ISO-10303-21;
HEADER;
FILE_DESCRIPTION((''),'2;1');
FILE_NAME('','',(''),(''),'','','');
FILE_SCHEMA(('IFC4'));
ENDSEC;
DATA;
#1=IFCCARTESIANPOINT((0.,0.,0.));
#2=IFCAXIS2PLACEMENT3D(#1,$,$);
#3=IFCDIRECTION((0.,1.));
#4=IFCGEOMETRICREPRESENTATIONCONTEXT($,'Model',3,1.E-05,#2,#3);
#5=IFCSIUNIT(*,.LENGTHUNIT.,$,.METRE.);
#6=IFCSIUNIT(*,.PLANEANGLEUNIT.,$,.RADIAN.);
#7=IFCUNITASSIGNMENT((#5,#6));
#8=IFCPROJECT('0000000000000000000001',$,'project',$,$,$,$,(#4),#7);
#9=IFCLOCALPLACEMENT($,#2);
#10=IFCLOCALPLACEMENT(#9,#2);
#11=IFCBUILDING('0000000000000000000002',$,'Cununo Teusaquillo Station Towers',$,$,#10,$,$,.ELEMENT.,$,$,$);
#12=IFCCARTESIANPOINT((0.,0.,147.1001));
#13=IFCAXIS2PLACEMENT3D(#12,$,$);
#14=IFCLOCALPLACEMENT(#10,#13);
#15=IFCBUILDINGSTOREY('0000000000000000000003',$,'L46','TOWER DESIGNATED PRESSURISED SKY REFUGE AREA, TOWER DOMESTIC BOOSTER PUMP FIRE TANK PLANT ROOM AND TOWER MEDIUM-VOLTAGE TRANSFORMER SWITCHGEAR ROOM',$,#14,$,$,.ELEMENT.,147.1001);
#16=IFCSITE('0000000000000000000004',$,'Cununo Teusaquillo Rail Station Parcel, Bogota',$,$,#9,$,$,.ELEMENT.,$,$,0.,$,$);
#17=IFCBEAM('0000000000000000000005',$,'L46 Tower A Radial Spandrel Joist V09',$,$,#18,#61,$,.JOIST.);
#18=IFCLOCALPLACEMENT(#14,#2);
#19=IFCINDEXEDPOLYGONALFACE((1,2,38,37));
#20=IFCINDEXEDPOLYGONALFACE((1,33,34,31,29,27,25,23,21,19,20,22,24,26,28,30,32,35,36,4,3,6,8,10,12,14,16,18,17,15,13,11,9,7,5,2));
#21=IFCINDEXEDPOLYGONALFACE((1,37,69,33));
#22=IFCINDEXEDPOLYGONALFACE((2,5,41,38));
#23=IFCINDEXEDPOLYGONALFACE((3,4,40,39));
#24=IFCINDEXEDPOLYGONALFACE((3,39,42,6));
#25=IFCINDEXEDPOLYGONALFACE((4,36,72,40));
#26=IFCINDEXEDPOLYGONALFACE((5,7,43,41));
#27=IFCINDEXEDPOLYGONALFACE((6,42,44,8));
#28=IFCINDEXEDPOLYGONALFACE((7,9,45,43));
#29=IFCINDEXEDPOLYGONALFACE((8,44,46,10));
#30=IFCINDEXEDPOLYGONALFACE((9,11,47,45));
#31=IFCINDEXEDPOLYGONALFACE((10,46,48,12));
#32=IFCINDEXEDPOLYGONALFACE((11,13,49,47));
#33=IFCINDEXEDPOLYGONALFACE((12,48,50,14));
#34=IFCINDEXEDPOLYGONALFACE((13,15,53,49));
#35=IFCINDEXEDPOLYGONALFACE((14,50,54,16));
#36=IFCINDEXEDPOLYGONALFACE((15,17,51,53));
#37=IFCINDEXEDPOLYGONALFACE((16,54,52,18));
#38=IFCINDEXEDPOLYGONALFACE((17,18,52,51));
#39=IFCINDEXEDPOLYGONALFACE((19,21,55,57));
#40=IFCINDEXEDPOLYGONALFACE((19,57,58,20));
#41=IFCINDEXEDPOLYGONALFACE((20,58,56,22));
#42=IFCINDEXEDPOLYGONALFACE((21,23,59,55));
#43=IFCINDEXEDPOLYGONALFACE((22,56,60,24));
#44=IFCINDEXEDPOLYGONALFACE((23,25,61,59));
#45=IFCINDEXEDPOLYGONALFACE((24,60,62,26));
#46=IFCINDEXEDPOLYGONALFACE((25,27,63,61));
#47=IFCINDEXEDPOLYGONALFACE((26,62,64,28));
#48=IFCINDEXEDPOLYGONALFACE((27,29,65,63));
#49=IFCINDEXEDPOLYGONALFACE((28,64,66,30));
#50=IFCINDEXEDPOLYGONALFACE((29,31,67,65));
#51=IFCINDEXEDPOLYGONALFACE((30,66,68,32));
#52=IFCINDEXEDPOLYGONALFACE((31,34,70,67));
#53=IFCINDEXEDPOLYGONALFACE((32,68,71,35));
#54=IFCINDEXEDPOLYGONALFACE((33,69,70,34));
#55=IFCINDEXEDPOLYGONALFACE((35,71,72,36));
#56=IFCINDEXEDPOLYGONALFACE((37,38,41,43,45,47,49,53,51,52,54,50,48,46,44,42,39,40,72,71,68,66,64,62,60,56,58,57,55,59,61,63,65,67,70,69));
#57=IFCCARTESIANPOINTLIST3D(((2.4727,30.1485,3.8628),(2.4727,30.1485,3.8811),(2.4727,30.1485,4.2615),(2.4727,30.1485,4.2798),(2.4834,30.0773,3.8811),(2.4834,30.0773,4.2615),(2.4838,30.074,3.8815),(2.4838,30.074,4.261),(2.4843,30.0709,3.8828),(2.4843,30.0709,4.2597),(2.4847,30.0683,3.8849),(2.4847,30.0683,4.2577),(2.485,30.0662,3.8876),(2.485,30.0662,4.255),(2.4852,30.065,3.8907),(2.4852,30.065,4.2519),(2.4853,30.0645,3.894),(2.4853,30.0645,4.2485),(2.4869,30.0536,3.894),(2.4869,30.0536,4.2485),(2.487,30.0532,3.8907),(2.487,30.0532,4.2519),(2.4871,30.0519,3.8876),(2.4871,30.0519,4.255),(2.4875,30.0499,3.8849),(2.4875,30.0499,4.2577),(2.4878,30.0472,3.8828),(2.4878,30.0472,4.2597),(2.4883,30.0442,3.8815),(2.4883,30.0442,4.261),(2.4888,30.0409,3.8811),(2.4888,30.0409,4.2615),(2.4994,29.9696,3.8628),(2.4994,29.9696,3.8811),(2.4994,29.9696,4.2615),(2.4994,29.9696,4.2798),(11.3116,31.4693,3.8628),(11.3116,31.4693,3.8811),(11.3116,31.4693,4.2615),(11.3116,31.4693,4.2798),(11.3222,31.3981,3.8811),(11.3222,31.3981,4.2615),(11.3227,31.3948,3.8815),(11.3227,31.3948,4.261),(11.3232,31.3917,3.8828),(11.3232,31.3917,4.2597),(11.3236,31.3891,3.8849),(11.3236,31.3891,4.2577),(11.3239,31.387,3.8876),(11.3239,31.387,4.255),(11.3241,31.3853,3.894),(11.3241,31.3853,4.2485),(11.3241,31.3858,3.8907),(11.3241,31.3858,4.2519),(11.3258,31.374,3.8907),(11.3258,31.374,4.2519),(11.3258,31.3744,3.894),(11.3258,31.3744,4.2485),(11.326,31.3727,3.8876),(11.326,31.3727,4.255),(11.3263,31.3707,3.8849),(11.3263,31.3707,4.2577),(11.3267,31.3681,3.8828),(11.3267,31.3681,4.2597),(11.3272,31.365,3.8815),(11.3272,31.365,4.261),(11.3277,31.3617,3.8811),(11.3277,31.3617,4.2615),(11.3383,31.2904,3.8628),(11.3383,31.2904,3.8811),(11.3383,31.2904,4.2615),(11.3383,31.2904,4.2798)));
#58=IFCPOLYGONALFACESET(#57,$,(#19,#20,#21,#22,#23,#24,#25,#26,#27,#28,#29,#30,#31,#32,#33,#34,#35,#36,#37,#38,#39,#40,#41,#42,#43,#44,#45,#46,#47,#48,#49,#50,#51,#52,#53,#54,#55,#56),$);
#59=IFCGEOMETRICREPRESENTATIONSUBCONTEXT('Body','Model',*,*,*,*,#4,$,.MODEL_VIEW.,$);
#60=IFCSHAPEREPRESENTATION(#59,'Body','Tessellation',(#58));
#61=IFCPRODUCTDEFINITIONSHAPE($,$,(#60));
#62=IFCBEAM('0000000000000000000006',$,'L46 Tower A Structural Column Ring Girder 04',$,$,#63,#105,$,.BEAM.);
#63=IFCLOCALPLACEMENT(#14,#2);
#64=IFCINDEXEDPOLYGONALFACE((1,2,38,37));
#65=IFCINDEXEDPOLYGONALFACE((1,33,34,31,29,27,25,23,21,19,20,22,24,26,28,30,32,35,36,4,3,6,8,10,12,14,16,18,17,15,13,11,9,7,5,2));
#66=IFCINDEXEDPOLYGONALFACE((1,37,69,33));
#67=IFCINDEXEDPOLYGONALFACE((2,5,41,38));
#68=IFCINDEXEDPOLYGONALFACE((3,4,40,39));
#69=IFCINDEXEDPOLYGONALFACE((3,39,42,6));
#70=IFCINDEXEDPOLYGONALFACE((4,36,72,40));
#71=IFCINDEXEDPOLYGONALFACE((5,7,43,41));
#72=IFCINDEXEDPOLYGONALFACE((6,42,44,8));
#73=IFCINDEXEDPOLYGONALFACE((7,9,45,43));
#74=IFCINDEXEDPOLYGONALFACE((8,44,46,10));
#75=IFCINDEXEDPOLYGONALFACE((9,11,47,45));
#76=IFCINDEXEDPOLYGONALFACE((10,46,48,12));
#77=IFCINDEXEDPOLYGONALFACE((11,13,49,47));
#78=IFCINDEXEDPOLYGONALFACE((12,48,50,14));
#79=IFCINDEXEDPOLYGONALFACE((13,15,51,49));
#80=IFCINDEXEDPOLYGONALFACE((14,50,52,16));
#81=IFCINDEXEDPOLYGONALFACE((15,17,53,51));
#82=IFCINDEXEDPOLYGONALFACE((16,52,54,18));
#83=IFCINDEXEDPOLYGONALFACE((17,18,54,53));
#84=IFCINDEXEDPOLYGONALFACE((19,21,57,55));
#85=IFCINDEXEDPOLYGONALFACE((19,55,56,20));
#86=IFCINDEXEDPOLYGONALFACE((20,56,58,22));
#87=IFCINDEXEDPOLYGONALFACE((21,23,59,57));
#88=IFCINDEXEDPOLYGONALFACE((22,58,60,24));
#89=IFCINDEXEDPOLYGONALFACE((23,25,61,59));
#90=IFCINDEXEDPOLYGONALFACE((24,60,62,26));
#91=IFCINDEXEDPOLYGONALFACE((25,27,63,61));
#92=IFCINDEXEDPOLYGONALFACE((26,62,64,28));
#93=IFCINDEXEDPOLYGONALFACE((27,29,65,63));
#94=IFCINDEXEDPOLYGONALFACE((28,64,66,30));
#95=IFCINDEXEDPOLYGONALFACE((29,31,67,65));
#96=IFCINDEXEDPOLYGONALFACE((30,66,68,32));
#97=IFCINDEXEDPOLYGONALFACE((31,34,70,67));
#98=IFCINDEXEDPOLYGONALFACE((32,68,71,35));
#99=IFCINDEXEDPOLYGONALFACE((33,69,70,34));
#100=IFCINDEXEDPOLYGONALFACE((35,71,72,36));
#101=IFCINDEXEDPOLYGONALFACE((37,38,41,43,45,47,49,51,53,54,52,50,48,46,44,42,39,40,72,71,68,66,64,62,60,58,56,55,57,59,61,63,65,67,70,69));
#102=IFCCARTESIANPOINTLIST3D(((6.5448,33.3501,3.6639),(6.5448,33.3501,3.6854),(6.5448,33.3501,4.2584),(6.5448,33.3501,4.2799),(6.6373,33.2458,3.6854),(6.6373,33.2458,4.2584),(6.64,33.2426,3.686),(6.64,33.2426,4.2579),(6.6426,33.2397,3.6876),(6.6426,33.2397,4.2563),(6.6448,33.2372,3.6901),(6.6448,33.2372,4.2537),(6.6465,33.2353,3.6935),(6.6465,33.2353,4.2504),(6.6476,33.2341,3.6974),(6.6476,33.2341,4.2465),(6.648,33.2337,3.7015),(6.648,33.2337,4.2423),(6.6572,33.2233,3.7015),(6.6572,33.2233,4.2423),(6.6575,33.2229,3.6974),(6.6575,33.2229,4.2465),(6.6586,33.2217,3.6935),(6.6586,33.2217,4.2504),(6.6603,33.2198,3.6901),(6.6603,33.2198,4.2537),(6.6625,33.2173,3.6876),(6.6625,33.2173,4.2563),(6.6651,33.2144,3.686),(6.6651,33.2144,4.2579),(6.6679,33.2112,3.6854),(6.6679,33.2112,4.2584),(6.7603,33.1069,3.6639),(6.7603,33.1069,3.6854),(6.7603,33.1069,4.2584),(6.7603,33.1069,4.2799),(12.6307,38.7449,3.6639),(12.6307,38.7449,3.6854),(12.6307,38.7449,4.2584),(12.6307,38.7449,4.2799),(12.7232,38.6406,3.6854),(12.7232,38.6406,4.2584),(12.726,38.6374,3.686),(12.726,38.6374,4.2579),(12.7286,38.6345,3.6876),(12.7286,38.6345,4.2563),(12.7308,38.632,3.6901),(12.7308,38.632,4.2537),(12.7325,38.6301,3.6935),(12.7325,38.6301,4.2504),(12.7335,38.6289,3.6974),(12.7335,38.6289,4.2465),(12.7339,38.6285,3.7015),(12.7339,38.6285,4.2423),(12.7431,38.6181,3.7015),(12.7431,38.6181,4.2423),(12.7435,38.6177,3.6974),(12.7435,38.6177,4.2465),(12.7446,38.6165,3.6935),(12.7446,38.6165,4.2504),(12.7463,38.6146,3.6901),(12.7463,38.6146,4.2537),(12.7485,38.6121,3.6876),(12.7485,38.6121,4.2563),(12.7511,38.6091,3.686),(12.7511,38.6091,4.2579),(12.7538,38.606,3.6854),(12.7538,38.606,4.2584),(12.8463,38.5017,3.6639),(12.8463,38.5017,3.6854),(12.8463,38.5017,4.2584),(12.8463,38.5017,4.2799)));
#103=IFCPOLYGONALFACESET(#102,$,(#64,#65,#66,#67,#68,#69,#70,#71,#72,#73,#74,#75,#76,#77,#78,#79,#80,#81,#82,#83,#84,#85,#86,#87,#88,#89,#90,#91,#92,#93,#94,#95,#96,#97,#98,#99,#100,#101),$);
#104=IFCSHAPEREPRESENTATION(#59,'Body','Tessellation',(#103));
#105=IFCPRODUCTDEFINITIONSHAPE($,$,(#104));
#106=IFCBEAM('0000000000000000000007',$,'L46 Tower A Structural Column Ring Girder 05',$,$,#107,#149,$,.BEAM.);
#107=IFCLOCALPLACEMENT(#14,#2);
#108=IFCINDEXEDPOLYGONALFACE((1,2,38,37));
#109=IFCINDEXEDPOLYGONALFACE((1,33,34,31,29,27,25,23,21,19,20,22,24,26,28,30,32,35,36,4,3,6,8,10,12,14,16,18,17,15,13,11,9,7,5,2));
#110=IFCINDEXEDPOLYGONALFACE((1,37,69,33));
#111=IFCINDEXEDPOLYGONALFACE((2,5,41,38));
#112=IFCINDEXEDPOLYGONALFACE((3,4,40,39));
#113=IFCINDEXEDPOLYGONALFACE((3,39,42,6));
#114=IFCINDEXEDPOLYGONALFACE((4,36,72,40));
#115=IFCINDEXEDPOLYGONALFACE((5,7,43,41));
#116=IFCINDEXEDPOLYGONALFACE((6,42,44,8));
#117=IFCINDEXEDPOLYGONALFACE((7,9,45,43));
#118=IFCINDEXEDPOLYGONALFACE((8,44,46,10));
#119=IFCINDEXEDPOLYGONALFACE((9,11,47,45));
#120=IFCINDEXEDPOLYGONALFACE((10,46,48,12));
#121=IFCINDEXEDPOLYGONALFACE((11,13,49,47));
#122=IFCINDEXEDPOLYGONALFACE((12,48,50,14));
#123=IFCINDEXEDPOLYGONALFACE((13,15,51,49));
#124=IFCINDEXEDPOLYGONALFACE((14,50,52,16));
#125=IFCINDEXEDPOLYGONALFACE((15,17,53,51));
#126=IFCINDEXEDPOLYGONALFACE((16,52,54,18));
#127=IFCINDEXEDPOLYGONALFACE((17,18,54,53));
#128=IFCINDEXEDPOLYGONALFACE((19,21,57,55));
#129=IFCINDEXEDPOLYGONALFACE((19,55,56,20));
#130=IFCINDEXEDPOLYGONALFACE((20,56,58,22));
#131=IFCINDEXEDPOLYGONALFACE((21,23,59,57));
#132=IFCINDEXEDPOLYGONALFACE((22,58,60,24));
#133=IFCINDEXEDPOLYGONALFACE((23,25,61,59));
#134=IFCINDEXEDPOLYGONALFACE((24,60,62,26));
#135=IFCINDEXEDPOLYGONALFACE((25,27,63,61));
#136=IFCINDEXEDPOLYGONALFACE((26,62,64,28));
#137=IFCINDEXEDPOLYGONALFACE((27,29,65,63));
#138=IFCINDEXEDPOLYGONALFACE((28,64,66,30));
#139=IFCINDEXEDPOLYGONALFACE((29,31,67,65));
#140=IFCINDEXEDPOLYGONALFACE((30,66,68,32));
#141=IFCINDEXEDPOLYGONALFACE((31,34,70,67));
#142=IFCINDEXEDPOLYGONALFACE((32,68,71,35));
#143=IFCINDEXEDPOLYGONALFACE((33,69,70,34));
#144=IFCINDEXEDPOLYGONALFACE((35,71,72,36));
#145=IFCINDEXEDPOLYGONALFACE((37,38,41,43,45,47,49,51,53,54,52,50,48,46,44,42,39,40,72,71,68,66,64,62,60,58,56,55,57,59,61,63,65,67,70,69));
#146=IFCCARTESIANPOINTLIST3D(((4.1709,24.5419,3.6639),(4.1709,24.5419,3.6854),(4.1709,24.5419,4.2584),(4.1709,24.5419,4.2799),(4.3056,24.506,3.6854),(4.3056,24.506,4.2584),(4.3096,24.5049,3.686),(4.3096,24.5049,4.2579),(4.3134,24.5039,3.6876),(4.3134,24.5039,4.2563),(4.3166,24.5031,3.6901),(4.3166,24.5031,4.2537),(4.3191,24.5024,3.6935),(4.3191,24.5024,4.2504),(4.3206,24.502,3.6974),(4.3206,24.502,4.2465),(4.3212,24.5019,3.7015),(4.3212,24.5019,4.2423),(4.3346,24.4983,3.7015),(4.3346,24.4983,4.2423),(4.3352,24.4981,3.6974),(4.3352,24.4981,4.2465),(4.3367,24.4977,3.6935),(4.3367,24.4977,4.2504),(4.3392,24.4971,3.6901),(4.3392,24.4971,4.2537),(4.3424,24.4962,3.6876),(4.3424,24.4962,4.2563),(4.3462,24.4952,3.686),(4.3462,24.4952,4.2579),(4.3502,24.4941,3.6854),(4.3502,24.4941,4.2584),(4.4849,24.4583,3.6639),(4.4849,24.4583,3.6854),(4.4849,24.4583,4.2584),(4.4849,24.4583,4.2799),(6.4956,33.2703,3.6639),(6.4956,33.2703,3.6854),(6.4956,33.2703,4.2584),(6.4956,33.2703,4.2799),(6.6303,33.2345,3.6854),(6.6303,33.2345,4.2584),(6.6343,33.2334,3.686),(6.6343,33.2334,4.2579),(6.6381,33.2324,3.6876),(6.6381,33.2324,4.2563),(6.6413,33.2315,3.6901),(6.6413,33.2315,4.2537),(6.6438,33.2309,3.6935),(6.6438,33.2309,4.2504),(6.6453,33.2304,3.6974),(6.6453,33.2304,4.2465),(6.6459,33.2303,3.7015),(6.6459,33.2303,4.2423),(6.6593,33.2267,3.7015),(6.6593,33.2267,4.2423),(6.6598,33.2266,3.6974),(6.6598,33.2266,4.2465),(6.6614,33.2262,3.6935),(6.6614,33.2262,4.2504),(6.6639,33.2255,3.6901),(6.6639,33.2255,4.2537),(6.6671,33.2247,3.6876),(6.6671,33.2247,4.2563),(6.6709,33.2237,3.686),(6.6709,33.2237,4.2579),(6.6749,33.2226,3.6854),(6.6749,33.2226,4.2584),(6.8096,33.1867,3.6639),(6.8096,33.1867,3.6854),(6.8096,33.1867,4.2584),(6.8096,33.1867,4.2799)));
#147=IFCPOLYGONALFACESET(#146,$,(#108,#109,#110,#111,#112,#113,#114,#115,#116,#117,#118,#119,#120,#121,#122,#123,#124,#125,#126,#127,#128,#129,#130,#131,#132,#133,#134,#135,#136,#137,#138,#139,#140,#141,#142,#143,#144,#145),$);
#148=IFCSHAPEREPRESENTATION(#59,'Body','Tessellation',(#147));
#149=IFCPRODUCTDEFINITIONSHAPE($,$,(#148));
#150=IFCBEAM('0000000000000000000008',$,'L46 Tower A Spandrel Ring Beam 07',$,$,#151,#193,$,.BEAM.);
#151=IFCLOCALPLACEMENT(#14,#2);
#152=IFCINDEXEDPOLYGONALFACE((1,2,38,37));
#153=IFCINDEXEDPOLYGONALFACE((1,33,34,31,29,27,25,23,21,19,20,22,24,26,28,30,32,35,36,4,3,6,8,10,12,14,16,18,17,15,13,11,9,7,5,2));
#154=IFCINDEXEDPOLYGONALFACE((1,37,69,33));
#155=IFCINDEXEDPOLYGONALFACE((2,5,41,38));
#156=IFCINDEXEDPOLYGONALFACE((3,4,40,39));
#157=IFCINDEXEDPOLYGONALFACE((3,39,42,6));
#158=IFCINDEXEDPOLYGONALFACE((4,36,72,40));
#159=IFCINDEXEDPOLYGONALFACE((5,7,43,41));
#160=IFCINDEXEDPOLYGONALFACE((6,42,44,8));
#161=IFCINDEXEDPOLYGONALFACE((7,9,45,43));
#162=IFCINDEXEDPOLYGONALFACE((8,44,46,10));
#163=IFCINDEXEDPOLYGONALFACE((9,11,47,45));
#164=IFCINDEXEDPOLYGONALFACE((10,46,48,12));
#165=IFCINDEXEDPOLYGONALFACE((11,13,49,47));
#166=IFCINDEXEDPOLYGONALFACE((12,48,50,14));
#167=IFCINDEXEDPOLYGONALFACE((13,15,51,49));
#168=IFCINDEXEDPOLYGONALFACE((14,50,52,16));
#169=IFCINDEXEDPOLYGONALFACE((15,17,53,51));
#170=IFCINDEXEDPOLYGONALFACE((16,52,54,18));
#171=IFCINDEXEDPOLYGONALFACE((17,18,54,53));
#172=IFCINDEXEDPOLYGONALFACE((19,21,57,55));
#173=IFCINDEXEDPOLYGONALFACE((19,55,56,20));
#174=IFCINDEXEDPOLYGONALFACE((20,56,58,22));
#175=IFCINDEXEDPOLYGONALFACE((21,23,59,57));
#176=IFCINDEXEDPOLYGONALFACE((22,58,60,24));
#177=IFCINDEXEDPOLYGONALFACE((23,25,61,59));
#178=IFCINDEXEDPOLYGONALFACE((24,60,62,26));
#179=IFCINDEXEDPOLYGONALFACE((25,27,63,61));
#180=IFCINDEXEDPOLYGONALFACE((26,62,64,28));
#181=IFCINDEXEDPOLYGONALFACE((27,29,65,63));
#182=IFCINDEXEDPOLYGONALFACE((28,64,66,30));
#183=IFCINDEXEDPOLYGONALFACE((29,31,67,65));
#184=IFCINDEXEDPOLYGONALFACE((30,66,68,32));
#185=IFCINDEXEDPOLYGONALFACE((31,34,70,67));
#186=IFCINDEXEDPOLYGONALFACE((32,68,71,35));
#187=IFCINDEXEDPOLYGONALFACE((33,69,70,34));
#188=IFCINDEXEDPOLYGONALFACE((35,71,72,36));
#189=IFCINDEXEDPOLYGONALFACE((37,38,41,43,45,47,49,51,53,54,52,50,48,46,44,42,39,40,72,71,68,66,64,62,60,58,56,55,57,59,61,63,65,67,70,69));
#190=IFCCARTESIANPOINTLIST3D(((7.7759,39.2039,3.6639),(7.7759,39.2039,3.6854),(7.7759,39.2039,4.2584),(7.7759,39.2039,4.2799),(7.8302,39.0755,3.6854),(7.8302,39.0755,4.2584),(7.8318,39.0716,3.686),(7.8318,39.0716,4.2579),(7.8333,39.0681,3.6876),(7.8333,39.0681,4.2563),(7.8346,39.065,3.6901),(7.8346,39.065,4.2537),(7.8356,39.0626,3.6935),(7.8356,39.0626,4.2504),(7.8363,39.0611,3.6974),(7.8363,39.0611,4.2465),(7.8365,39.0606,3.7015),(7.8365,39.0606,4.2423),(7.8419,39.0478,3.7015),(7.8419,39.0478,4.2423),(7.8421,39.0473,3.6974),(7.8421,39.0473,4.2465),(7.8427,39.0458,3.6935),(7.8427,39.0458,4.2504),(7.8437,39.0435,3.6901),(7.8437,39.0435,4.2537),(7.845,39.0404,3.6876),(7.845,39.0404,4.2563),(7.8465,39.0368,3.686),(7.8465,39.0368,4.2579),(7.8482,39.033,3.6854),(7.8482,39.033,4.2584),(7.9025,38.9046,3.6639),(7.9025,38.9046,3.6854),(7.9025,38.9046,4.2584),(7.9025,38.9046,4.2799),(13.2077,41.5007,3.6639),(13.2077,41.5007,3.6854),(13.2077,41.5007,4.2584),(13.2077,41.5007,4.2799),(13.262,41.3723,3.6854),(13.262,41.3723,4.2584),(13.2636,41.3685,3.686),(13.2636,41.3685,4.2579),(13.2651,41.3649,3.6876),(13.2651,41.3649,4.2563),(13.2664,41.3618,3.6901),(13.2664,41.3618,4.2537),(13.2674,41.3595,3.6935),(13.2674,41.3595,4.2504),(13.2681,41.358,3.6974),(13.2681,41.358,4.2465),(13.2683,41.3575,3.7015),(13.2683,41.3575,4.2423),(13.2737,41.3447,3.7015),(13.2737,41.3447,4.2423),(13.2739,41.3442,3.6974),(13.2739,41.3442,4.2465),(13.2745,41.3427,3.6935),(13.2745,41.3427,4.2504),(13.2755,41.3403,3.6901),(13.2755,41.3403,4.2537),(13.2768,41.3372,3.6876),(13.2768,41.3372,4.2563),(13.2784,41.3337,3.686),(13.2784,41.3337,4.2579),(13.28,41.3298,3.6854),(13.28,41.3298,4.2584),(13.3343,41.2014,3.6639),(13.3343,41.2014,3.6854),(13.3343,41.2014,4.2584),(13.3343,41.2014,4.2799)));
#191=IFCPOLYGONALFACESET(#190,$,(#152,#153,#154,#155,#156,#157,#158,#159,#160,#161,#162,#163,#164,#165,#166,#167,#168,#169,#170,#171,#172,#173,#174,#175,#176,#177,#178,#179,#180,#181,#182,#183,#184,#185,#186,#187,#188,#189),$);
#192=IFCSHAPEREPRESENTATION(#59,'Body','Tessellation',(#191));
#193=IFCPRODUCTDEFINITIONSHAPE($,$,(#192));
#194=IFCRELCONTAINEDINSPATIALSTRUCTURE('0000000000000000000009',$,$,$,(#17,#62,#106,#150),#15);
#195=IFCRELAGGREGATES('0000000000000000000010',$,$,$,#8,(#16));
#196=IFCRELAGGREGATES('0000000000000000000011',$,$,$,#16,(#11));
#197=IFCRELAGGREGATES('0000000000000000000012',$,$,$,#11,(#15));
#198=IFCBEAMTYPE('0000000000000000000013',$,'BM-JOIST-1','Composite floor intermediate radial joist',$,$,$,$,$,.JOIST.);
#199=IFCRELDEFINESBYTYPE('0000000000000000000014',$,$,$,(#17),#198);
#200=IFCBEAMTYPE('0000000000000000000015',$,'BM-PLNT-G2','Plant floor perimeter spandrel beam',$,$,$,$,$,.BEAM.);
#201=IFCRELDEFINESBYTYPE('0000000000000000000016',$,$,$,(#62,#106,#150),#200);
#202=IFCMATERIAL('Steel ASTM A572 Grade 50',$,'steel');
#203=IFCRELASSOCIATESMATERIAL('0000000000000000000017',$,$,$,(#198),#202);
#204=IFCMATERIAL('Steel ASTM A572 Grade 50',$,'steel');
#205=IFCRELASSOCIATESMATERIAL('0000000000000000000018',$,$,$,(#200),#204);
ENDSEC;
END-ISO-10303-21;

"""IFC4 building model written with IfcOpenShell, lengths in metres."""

from ifc_helpers import new_model, si_unit, direction, frame, origin, origin_2d, place, context, subcontext, project, spatial, i_section, extrude, material, material_profile, profile_set, type_object, element, save


model = new_model("IFC4")

# Units and contexts
model_context = context("Model", 3, precision=1e-05, world=origin(), true_north=direction((0.0, 1.0)))
body_context = subcontext(model_context, "Body", "Model", "MODEL_VIEW")
ifc_project = project(units=[si_unit("LENGTHUNIT", "METRE"), si_unit("PLANEANGLEUNIT", "RADIAN")], contexts=[model_context])

# Site, building, storey
site_placement = place(None, origin())
site = spatial("IfcSite", under=ifc_project, at=site_placement, Name="Cununo Teusaquillo Rail Station Parcel, Bogota", CompositionType="ELEMENT", RefElevation=0.0)
building_placement = place(site_placement, origin())
building = spatial("IfcBuilding", under=site, at=building_placement, Name="Cununo Teusaquillo Station Towers", CompositionType="ELEMENT")
storey_placement = place(building_placement, frame((0.0, 0.0, 147.1001)))
storey = spatial("IfcBuildingStorey", under=building, at=storey_placement, Name="L46", Description="TOWER DESIGNATED PRESSURISED SKY REFUGE AREA, TOWER DOMESTIC BOOSTER PUMP FIRE TANK PLANT ROOM AND TOWER MEDIUM-VOLTAGE TRANSFORMER SWITCHGEAR ROOM", CompositionType="ELEMENT", Elevation=147.1001)

# Beams
ifc_material_1 = material(Name="Steel ASTM A572 Grade 50", Category="steel")
ifc_material_profile_1 = material_profile(ifc_material_1, i_section(OverallWidth=0.1809, OverallDepth=0.417, WebThickness=0.011, FlangeThickness=0.0183, FilletRadius=0.0129, at=origin_2d()), Name="W16X57")
ifc_profile_set_1 = profile_set([ifc_material_profile_1], Name="Steel ASTM A572 Grade 50")
beam_type_1 = type_object("IfcBeamType", Name="BM-JOIST-1", Description="Composite floor intermediate radial joist", PredefinedType="JOIST", material=ifc_profile_set_1)
beam_1_placement = place(storey_placement, frame((11.325, 31.3799, 4.0713), z_axis=(-0.989019, -0.14779, 0.0), x_axis=(0.14779, -0.989019, 0.0)))
element("IfcBeam", 1, at=beam_1_placement, inside=storey, type_object=beam_type_1, Name="L46 Tower A Radial Spandrel Joist V09", PredefinedType="JOIST", context=body_context, shape_type="SweptSolid", body=[
    extrude(i_section(OverallWidth=0.1809, OverallDepth=0.417, WebThickness=0.011, FlangeThickness=0.0183, FilletRadius=0.0129, at=origin_2d()), origin(), (0.0, 0.0, 1.0), 8.937),
])
ifc_material_2 = material(Name="Steel ASTM A572 Grade 50", Category="steel")
ifc_material_profile_2 = material_profile(ifc_material_2, i_section(OverallWidth=0.325, OverallDepth=0.616, WebThickness=0.0139, FlangeThickness=0.0215, FilletRadius=0.0161, at=origin_2d()), Name="W24X117")
ifc_profile_set_2 = profile_set([ifc_material_profile_2], Name="Steel ASTM A572 Grade 50")
beam_type_2 = type_object("IfcBeamType", Name="BM-PLNT-G2", Description="Plant floor perimeter spandrel beam", PredefinedType="BEAM", material=ifc_profile_set_2)
beam_2_placement = place(storey_placement, frame((12.7385, 38.6233, 3.9719), z_axis=(-0.748321, -0.663337, 0.0), x_axis=(0.663337, -0.748321, 0.0)))
element("IfcBeam", 2, at=beam_2_placement, inside=storey, type_object=beam_type_2, Name="L46 Tower A Structural Column Ring Girder 04", PredefinedType="BEAM", context=body_context, shape_type="SweptSolid", body=[
    extrude(i_section(OverallWidth=0.325, OverallDepth=0.616, WebThickness=0.0139, FlangeThickness=0.0215, FilletRadius=0.0161, at=origin_2d()), origin(), (0.0, 0.0, 1.0), 8.1328),
])
beam_3_placement = place(storey_placement, frame((6.6526, 33.2285, 3.9719), z_axis=(-0.257363, -0.966315, 0.0), x_axis=(0.966315, -0.257363, 0.0)))
element("IfcBeam", 3, at=beam_3_placement, inside=storey, type_object=beam_type_2, Name="L46 Tower A Structural Column Ring Girder 05", PredefinedType="BEAM", context=body_context, shape_type="SweptSolid", body=[
    extrude(i_section(OverallWidth=0.325, OverallDepth=0.616, WebThickness=0.0139, FlangeThickness=0.0215, FilletRadius=0.0161, at=origin_2d()), origin(), (0.0, 0.0, 1.0), 9.0327),
])
beam_4_placement = place(storey_placement, frame((13.271, 41.3511, 3.9719), z_axis=(-0.921042, -0.389463, 0.0), x_axis=(0.389463, -0.921042, 0.0)))
element("IfcBeam", 4, at=beam_4_placement, inside=storey, type_object=beam_type_2, Name="L46 Tower A Spandrel Ring Beam 07", PredefinedType="BEAM", context=body_context, shape_type="SweptSolid", body=[
    extrude(i_section(OverallWidth=0.325, OverallDepth=0.616, WebThickness=0.0139, FlangeThickness=0.0215, FilletRadius=0.0161, at=origin_2d()), origin(), (0.0, 0.0, 1.0), 5.8975),
])

save(model, "model.ifc")
